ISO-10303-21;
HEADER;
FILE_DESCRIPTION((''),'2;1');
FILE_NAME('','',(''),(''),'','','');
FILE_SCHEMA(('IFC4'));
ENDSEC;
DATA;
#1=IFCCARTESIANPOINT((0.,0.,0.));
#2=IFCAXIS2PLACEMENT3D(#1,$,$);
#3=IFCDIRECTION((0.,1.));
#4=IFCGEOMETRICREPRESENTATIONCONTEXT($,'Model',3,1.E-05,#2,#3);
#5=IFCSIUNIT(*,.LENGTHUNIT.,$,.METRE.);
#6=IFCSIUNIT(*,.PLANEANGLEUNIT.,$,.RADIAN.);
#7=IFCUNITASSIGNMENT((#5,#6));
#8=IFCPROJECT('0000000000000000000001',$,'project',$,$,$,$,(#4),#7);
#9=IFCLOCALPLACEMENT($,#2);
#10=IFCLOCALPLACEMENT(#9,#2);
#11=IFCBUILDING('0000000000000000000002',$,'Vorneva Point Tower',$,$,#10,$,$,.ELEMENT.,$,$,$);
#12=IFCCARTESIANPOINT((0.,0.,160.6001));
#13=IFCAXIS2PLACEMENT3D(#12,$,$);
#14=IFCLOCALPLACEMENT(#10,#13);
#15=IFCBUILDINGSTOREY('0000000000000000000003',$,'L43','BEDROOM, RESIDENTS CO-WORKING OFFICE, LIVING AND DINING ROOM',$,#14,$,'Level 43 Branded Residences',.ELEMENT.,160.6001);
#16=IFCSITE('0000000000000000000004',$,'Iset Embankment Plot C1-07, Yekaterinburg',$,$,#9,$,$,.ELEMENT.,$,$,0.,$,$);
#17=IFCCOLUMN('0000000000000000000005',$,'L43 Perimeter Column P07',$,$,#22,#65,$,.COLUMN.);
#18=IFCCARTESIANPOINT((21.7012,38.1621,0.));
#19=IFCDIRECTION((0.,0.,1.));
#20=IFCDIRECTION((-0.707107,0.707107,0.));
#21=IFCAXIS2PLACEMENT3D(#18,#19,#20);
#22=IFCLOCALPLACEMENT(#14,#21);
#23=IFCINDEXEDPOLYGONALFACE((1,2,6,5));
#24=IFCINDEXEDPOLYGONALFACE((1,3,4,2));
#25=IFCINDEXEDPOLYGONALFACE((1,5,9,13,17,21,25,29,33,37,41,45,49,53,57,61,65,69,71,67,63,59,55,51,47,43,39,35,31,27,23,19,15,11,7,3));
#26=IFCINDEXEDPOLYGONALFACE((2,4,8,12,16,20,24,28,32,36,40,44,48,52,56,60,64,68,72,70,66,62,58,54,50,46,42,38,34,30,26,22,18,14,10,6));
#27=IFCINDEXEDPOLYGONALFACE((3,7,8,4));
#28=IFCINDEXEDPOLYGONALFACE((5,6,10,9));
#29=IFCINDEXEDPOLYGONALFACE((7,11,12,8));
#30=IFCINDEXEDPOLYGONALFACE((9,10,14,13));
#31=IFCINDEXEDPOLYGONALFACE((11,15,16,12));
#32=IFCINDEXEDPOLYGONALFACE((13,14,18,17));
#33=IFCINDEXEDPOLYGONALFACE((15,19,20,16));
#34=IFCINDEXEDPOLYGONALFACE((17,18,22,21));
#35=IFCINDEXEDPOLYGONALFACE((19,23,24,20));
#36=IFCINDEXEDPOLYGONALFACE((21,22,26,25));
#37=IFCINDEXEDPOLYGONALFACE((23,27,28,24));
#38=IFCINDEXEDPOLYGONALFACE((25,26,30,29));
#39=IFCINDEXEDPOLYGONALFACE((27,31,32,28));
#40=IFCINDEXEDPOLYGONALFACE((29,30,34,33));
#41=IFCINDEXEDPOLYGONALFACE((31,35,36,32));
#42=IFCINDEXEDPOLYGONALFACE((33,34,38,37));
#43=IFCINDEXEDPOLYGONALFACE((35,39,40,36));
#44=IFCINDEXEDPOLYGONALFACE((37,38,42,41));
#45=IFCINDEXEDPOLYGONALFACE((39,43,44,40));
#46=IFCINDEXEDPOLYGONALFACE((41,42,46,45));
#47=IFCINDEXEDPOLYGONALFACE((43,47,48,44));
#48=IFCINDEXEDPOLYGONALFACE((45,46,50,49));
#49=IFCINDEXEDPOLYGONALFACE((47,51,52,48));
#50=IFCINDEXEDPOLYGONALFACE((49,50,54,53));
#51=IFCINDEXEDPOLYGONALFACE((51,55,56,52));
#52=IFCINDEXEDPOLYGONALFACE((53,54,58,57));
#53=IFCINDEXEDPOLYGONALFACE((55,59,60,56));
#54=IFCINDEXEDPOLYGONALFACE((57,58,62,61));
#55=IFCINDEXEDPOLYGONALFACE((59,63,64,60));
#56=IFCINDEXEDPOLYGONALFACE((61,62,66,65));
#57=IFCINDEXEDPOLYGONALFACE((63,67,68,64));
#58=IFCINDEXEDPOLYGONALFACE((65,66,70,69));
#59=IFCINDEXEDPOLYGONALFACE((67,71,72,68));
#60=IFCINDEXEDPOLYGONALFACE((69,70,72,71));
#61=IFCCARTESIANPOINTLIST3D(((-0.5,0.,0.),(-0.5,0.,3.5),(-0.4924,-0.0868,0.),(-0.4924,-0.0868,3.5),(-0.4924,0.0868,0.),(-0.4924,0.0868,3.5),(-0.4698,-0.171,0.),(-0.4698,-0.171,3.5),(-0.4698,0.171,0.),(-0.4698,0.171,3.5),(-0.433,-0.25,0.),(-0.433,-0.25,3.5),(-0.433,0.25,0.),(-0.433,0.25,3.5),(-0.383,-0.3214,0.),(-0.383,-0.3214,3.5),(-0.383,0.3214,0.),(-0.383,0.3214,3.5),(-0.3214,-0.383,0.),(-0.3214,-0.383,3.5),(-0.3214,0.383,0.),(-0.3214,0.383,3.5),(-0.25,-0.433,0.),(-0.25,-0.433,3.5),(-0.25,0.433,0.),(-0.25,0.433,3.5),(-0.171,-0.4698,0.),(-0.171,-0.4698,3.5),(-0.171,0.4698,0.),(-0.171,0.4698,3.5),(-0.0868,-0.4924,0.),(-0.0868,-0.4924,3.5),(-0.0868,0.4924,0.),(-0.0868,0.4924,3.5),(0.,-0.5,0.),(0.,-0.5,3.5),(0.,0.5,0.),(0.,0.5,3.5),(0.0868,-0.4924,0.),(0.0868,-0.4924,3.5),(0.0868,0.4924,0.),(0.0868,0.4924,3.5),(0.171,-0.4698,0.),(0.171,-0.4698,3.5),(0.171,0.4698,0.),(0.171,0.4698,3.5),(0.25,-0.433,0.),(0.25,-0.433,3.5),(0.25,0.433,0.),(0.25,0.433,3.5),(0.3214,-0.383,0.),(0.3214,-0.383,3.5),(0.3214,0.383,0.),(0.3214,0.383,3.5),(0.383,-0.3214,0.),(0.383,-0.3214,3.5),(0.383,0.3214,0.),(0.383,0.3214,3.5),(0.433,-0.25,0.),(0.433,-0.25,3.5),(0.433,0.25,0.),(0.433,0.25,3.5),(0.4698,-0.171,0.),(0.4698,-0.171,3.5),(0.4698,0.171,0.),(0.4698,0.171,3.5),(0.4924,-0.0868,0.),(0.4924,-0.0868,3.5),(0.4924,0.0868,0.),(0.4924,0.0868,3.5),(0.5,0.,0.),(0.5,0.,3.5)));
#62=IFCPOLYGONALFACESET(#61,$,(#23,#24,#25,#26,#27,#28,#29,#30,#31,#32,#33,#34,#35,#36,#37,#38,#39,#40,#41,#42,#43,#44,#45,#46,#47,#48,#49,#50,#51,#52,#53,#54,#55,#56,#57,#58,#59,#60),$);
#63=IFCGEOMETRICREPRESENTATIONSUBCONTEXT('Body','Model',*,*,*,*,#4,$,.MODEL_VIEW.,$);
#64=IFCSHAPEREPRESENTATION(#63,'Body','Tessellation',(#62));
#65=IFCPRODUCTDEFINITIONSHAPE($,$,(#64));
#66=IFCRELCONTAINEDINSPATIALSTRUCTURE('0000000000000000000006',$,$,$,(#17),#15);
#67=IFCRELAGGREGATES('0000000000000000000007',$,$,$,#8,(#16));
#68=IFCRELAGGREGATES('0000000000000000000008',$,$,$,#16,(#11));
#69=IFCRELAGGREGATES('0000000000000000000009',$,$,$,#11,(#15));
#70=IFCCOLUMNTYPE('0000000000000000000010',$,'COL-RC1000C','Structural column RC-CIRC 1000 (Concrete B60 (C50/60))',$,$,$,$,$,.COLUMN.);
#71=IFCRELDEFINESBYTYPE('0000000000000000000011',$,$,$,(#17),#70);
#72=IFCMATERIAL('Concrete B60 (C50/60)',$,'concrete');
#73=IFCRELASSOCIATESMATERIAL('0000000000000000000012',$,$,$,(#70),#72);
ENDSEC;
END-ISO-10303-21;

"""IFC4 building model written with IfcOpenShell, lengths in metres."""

from ifc_helpers import new_model, si_unit, direction, frame, origin, origin_2d, place, context, subcontext, project, spatial, circle, extrude, material, material_profile, profile_set, type_object, element, save


model = new_model("IFC4")

# Units and contexts
model_context = context("Model", 3, precision=1e-05, world=origin(), true_north=direction((0.0, 1.0)))
body_context = subcontext(model_context, "Body", "Model", "MODEL_VIEW")
ifc_project = project(units=[si_unit("LENGTHUNIT", "METRE"), si_unit("PLANEANGLEUNIT", "RADIAN")], contexts=[model_context])

# Site, building, storey
site_placement = place(None, origin())
site = spatial("IfcSite", under=ifc_project, at=site_placement, Name="Iset Embankment Plot C1-07, Yekaterinburg", CompositionType="ELEMENT", RefElevation=0.0)
building_placement = place(site_placement, origin())
building = spatial("IfcBuilding", under=site, at=building_placement, Name="Vorneva Point Tower", CompositionType="ELEMENT")
storey_placement = place(building_placement, frame((0.0, 0.0, 160.6001)))
storey = spatial("IfcBuildingStorey", under=building, at=storey_placement, Name="L43", Description="BEDROOM, RESIDENTS CO-WORKING OFFICE, LIVING AND DINING ROOM", LongName="Level 43 Branded Residences", CompositionType="ELEMENT", Elevation=160.6001)

# Column
ifc_material_1 = material(Name="Concrete B60 (C50/60)", Category="concrete")
ifc_material_profile_1 = material_profile(ifc_material_1, circle(Radius=0.5, at=origin_2d()), Name="RC-CIRC 1000")
ifc_profile_set_1 = profile_set([ifc_material_profile_1], Name="Concrete B60 (C50/60)")
column_type = type_object("IfcColumnType", Name="COL-RC1000C", Description="Structural column RC-CIRC 1000 (Concrete B60 (C50/60))", PredefinedType="COLUMN", material=ifc_profile_set_1)
column_placement = place(storey_placement, frame((21.7012, 38.1621, 0.0), z_axis=(0.0, 0.0, 1.0), x_axis=(-0.707107, 0.707107, 0.0)))
element("IfcColumn", 1, at=column_placement, inside=storey, type_object=column_type, Name="L43 Perimeter Column P07", PredefinedType="COLUMN", context=body_context, shape_type="SweptSolid", body=[
    extrude(circle(Radius=0.5, at=origin_2d()), origin(), (0.0, 0.0, 1.0), 3.5),
])

save(model, "model.ifc")
